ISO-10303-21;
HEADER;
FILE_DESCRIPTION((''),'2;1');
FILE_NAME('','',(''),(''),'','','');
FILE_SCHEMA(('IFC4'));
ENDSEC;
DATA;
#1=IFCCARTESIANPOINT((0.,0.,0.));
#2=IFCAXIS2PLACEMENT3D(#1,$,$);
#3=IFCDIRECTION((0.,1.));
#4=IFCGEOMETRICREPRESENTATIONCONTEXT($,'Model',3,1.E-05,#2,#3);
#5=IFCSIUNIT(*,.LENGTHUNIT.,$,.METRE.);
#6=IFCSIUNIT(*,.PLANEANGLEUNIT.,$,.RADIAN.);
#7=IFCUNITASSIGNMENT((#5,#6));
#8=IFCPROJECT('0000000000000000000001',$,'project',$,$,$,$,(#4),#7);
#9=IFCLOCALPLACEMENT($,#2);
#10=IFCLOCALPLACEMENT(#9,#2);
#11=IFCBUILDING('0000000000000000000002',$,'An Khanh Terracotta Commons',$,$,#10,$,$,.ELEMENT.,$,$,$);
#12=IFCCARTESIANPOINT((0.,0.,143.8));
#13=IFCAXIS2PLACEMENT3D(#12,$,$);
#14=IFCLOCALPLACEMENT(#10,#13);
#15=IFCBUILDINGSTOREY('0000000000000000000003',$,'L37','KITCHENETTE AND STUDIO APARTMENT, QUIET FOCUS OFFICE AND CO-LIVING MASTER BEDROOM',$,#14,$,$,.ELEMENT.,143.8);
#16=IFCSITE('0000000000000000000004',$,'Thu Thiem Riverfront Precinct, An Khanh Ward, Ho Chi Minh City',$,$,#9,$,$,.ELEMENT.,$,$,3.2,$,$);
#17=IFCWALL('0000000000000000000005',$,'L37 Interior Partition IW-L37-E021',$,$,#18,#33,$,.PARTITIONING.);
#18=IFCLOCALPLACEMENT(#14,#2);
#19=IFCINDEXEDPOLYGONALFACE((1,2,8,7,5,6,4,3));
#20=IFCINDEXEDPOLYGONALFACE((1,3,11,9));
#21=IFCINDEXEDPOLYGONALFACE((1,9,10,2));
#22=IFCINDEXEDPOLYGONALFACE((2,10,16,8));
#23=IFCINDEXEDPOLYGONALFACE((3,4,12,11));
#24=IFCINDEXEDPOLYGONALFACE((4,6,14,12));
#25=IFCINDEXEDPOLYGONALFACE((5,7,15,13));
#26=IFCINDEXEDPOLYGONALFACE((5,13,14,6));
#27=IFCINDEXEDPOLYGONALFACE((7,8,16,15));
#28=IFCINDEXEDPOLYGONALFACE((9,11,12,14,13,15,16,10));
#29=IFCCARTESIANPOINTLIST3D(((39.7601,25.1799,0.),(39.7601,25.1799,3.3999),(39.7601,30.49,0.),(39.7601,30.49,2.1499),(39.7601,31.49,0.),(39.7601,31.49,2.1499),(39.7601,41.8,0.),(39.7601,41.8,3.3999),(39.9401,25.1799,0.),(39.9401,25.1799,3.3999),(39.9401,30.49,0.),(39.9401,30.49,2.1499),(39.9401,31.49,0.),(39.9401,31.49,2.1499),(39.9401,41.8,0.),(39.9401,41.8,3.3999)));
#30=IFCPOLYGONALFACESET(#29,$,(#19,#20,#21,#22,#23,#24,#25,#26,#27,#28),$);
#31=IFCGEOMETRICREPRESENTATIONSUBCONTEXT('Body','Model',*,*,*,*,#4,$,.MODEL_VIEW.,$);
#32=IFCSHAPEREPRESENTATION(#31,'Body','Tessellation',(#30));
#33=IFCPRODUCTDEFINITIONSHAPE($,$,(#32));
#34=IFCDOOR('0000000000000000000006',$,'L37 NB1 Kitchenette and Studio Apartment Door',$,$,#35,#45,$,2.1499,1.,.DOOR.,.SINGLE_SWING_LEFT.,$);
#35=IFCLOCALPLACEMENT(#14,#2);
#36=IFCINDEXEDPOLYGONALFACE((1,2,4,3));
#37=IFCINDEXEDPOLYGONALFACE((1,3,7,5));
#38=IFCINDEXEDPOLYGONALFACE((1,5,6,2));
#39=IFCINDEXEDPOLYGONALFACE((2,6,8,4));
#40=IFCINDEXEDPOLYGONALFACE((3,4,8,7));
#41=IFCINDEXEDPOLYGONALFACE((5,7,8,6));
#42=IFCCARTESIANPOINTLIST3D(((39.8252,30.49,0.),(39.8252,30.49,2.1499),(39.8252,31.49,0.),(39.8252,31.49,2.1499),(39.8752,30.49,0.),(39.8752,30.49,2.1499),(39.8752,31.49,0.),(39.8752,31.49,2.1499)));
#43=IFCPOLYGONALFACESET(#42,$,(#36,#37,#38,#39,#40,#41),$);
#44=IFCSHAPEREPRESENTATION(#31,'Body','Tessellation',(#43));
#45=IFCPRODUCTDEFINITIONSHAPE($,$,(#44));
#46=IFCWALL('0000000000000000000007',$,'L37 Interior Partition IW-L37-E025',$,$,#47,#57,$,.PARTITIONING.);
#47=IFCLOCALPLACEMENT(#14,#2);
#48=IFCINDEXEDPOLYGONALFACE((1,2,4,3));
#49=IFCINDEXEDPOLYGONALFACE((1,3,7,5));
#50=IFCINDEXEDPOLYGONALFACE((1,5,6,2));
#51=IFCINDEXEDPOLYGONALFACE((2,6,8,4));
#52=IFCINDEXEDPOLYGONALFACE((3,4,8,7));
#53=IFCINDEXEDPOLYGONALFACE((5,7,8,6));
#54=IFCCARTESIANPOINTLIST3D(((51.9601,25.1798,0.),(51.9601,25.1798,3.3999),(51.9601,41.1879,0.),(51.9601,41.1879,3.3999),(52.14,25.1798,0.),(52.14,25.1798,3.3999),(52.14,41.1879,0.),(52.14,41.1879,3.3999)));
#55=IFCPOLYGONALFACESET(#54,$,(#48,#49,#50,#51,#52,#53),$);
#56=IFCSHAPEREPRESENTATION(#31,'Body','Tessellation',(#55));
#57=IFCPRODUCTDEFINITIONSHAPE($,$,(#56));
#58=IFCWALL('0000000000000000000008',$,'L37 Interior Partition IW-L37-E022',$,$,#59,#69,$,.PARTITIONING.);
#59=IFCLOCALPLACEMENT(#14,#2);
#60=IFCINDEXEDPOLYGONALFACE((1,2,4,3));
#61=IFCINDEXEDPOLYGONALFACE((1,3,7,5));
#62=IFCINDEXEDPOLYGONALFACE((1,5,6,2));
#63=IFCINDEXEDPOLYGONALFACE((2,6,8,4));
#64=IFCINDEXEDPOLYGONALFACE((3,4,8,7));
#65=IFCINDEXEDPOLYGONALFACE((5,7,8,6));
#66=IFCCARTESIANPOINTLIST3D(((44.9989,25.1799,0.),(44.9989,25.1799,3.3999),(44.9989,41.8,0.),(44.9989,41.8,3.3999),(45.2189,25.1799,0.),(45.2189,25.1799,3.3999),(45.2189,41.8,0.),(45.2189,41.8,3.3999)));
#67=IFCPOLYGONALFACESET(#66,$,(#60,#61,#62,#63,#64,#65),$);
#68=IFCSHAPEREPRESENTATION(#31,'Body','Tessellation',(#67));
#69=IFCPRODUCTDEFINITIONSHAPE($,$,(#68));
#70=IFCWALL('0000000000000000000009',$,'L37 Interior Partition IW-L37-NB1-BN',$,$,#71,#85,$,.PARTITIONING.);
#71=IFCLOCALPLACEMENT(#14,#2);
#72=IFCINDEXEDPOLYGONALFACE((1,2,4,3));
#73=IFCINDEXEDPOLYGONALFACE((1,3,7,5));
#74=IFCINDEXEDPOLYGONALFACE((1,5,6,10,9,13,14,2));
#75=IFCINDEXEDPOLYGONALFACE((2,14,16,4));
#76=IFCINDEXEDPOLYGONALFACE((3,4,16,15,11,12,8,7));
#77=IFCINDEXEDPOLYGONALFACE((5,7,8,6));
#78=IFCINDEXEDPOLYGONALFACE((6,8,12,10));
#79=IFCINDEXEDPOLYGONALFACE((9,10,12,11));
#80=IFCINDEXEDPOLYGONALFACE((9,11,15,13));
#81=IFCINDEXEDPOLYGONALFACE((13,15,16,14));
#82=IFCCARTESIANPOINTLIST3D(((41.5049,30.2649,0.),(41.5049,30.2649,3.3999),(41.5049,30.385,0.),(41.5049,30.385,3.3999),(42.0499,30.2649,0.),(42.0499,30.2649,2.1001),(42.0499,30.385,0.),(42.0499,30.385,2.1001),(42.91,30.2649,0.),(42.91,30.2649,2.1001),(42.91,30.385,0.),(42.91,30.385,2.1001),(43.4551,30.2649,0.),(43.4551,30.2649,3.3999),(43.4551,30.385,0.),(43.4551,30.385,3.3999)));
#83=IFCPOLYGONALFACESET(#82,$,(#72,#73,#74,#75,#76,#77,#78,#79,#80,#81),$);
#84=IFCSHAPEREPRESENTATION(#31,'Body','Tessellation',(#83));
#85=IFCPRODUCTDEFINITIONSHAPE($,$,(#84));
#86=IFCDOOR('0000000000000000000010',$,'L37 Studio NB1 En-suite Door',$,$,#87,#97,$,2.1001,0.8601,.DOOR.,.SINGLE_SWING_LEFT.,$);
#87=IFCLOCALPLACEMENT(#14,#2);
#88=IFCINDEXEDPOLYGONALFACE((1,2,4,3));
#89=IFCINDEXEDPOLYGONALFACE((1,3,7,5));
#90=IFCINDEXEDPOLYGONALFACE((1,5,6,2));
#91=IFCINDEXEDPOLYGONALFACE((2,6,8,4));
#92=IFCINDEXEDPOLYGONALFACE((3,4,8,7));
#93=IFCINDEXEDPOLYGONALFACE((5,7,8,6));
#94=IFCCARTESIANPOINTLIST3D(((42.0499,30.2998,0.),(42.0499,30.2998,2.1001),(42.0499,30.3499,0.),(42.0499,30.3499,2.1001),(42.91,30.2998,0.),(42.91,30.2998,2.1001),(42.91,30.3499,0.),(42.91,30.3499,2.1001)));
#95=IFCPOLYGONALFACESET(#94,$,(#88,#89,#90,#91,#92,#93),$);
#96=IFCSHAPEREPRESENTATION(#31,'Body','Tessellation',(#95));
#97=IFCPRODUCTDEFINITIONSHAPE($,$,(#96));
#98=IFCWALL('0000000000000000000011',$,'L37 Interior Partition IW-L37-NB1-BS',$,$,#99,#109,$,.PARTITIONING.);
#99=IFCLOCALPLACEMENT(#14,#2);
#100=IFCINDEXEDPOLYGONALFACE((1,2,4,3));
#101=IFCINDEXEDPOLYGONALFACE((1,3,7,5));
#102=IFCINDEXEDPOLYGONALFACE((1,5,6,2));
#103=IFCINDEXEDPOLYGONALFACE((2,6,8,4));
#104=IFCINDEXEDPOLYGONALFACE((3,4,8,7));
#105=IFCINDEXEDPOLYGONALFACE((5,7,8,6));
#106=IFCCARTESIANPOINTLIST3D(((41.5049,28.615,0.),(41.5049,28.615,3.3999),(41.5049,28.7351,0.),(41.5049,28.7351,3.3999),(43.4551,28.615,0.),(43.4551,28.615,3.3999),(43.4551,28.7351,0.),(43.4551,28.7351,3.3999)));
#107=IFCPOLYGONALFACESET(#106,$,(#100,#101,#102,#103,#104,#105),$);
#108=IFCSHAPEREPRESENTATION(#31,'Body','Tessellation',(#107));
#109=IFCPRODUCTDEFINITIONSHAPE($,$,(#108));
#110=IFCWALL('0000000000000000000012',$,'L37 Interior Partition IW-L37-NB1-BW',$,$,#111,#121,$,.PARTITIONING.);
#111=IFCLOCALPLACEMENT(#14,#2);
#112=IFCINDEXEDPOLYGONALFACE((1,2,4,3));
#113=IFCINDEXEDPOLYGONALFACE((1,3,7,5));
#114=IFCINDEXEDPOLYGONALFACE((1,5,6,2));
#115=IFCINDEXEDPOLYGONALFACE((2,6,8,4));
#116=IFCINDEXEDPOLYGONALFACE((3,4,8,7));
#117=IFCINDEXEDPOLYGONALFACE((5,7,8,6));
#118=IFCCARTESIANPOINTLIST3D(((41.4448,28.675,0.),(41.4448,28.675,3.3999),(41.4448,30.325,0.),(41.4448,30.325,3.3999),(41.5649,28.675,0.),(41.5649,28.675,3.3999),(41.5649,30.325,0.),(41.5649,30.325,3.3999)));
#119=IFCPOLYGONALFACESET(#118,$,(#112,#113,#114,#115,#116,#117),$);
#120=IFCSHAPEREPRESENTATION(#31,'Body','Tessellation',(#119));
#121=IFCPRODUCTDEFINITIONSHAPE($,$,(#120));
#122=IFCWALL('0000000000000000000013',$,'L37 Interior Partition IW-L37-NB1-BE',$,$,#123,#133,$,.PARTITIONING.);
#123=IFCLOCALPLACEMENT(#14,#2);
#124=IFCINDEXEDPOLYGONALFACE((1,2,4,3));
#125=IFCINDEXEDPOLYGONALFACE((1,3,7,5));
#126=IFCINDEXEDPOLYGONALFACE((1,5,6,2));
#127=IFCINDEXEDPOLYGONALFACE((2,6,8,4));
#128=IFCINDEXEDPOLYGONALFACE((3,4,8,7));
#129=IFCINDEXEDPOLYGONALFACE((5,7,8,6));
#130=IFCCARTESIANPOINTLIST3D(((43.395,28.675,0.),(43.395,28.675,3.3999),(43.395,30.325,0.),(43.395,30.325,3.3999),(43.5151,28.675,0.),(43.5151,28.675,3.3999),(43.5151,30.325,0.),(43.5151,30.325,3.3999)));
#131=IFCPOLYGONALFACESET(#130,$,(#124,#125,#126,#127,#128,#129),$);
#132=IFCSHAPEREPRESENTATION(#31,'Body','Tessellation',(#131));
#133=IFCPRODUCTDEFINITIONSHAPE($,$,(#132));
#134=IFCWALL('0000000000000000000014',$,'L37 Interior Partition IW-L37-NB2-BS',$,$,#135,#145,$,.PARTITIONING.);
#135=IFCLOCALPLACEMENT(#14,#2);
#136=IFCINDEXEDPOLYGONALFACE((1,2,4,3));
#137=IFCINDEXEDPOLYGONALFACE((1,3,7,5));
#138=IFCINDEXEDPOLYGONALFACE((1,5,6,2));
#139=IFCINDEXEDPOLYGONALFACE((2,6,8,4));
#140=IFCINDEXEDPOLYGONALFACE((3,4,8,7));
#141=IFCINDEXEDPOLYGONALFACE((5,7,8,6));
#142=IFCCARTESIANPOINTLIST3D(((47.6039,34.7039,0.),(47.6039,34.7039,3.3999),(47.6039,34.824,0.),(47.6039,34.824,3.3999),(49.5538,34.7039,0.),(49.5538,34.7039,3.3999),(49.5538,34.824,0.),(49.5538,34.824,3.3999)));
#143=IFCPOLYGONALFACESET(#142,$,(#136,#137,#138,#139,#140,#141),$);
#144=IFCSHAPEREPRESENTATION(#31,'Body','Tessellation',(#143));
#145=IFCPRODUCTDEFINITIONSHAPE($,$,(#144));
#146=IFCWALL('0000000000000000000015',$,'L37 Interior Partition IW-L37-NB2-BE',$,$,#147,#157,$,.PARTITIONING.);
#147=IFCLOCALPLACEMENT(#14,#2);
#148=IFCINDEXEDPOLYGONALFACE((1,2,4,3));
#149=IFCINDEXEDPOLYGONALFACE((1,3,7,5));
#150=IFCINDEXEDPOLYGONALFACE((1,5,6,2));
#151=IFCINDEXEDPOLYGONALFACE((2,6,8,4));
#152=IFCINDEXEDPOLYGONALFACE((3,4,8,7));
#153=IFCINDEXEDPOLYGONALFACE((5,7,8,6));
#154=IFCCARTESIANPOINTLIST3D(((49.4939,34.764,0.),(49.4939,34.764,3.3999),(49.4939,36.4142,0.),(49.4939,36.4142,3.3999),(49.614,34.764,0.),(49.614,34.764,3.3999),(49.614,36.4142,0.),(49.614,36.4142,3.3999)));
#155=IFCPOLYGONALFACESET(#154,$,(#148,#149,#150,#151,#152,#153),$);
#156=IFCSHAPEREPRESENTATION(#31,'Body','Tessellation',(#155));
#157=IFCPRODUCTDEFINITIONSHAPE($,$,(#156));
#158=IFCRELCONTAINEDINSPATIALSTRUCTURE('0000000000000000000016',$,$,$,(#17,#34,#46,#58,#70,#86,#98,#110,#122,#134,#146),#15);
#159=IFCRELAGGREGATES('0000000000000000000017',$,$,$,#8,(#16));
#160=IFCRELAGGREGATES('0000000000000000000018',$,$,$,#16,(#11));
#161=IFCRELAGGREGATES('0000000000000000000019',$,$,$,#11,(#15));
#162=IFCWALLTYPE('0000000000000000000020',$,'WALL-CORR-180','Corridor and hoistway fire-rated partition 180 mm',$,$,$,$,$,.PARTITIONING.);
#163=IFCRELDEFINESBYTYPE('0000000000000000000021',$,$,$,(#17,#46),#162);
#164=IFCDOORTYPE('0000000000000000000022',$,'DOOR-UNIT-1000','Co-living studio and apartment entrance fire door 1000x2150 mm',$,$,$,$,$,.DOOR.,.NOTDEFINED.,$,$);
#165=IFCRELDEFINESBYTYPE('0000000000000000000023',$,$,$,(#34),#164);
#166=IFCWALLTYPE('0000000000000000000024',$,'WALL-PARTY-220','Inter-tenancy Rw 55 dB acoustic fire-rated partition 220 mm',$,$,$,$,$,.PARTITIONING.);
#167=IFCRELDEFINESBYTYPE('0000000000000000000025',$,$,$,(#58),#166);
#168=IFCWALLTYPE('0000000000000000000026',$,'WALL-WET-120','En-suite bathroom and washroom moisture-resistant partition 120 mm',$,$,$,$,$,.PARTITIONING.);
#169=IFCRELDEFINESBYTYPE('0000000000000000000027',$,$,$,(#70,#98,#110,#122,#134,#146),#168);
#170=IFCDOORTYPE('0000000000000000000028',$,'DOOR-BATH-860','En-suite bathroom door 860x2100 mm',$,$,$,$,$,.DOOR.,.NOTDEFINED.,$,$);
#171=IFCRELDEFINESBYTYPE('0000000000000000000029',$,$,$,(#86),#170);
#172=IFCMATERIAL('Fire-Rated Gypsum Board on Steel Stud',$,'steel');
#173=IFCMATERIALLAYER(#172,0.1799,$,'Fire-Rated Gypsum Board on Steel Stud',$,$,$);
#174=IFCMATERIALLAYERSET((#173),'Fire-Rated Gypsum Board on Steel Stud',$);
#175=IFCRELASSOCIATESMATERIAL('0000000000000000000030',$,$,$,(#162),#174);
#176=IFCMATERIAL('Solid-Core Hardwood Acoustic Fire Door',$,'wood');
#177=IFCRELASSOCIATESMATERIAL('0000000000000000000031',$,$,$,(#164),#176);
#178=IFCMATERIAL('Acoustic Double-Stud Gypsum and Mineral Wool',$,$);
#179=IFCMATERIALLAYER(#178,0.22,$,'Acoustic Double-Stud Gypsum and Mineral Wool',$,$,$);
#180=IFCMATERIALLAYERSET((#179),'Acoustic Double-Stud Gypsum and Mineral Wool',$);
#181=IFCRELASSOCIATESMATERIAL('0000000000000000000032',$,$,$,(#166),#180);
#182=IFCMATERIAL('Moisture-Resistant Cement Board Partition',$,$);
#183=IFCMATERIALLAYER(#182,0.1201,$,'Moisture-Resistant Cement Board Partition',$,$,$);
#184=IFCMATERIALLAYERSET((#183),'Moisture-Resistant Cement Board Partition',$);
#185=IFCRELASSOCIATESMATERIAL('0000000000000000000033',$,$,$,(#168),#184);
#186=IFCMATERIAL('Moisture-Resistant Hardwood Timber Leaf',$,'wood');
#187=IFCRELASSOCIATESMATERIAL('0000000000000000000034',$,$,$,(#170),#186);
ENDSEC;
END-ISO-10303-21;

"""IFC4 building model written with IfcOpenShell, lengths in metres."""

from ifc_helpers import new_model, si_unit, direction, frame, frame_2d, origin, place, context, subcontext, project, spatial, rectangle, extrude, material, layer, layer_set, type_object, element, fill, save


model = new_model("IFC4")

# Units and contexts
model_context = context("Model", 3, precision=1e-05, world=origin(), true_north=direction((0.0, 1.0)))
body_context = subcontext(model_context, "Body", "Model", "MODEL_VIEW")
ifc_project = project(units=[si_unit("LENGTHUNIT", "METRE"), si_unit("PLANEANGLEUNIT", "RADIAN")], contexts=[model_context])

# Site, building, storey
site_placement = place(None, origin())
site = spatial("IfcSite", under=ifc_project, at=site_placement, Name="Thu Thiem Riverfront Precinct, An Khanh Ward, Ho Chi Minh City", CompositionType="ELEMENT", RefElevation=3.2)
building_placement = place(site_placement, origin())
building = spatial("IfcBuilding", under=site, at=building_placement, Name="An Khanh Terracotta Commons", CompositionType="ELEMENT")
storey_placement = place(building_placement, frame((0.0, 0.0, 143.8)))
storey = spatial("IfcBuildingStorey", under=building, at=storey_placement, Name="L37", Description="KITCHENETTE AND STUDIO APARTMENT, QUIET FOCUS OFFICE AND CO-LIVING MASTER BEDROOM", CompositionType="ELEMENT", Elevation=143.8)

# Wall, opening, door
ifc_material_1 = material(Name="Fire-Rated Gypsum Board on Steel Stud", Category="steel")
ifc_layer_1 = layer(ifc_material_1, 0.1799, Name="Fire-Rated Gypsum Board on Steel Stud")
ifc_layer_set_1 = layer_set([ifc_layer_1], Name="Fire-Rated Gypsum Board on Steel Stud")
wall_type_1 = type_object("IfcWallType", Name="WALL-CORR-180", Description="Corridor and hoistway fire-rated partition 180 mm", PredefinedType="PARTITIONING", material=ifc_layer_set_1)
ifc_material_2 = material(Name="Solid-Core Hardwood Acoustic Fire Door", Category="wood")
door_type_1 = type_object("IfcDoorType", Name="DOOR-UNIT-1000", Description="Co-living studio and apartment entrance fire door 1000x2150 mm", OperationType="NOTDEFINED", PredefinedType="DOOR", material=ifc_material_2)
wall_1_placement = place(storey_placement, frame((39.8501, 25.1799, 0.0), z_axis=(0.0, 0.0, 1.0), x_axis=(0.0, 1.0, 0.0)))
wall_1 = element("IfcWall", 1, at=wall_1_placement, inside=storey, type_object=wall_type_1, Name="L37 Interior Partition IW-L37-E021", PredefinedType="PARTITIONING", context=body_context, shape_type="SweptSolid", body=[
    extrude(rectangle(XDim=16.6201, YDim=0.1799, at=frame_2d((8.3101, 0.0))), origin(), (0.0, 0.0, 1.0), 3.3999),
])
opening_1_placement = place(wall_1_placement, frame((5.3101, 0.0, 0.0)))
opening_1 = element("IfcOpeningElement", 2, at=opening_1_placement, cuts=wall_1, PredefinedType="OPENING", context=body_context, shape_type="SweptSolid", body=[
    extrude(rectangle(XDim=1.0, YDim=2.1499, at=frame_2d((0.5, 1.075))), frame((0.0, 0.0999, 0.0), z_axis=(0.0, -1.0, 0.0), x_axis=(1.0, 0.0, 0.0)), (0.0, 0.0, 1.0), 0.2),
])
door_1_placement = place(opening_1_placement, origin())
door_1 = element("IfcDoor", 3, at=door_1_placement, inside=storey, type_object=door_type_1, Name="L37 NB1 Kitchenette and Studio Apartment Door", OperationType="SINGLE_SWING_LEFT", OverallHeight=2.1499, OverallWidth=1.0, PredefinedType="DOOR", context=body_context, shape_type="SweptSolid", body=[
    extrude(rectangle(XDim=1.0, YDim=2.1499, at=frame_2d((0.5, 1.075))), frame((0.0, 0.0249, 0.0), z_axis=(0.0, -1.0, 0.0), x_axis=(1.0, 0.0, 0.0)), (0.0, 0.0, 1.0), 0.05),
])
fill(opening_1, door_1)

# Walls
wall_2_placement = place(storey_placement, frame((52.05, 25.1799, 0.0), z_axis=(0.0, 0.0, 1.0), x_axis=(0.0, 1.0, 0.0)))
element("IfcWall", 4, at=wall_2_placement, inside=storey, type_object=wall_type_1, Name="L37 Interior Partition IW-L37-E025", PredefinedType="PARTITIONING", context=body_context, shape_type="SweptSolid", body=[
    extrude(rectangle(XDim=16.0081, YDim=0.1799, at=frame_2d((8.0039, 0.0))), origin(), (0.0, 0.0, 1.0), 3.3999),
])
ifc_material_3 = material(Name="Acoustic Double-Stud Gypsum and Mineral Wool")
ifc_layer_2 = layer(ifc_material_3, 0.22, Name="Acoustic Double-Stud Gypsum and Mineral Wool")
ifc_layer_set_2 = layer_set([ifc_layer_2], Name="Acoustic Double-Stud Gypsum and Mineral Wool")
wall_type_2 = type_object("IfcWallType", Name="WALL-PARTY-220", Description="Inter-tenancy Rw 55 dB acoustic fire-rated partition 220 mm", PredefinedType="PARTITIONING", material=ifc_layer_set_2)
wall_3_placement = place(storey_placement, frame((45.1089, 25.1799, 0.0), z_axis=(0.0, 0.0, 1.0), x_axis=(0.0, 1.0, 0.0)))
element("IfcWall", 5, at=wall_3_placement, inside=storey, type_object=wall_type_2, Name="L37 Interior Partition IW-L37-E022", PredefinedType="PARTITIONING", context=body_context, shape_type="SweptSolid", body=[
    extrude(rectangle(XDim=16.6201, YDim=0.22, at=frame_2d((8.3101, 0.0))), origin(), (0.0, 0.0, 1.0), 3.3999),
])

# Wall, opening, door
ifc_material_4 = material(Name="Moisture-Resistant Cement Board Partition")
ifc_layer_3 = layer(ifc_material_4, 0.1201, Name="Moisture-Resistant Cement Board Partition")
ifc_layer_set_3 = layer_set([ifc_layer_3], Name="Moisture-Resistant Cement Board Partition")
wall_type_3 = type_object("IfcWallType", Name="WALL-WET-120", Description="En-suite bathroom and washroom moisture-resistant partition 120 mm", PredefinedType="PARTITIONING", material=ifc_layer_set_3)
wall_4_placement = place(storey_placement, frame((41.5049, 30.325, 0.0), z_axis=(0.0, 0.0, 1.0), x_axis=(1.0, 0.0, 0.0)))
wall_4 = element("IfcWall", 6, at=wall_4_placement, inside=storey, type_object=wall_type_3, Name="L37 Interior Partition IW-L37-NB1-BN", PredefinedType="PARTITIONING", context=body_context, shape_type="SweptSolid", body=[
    extrude(rectangle(XDim=1.9502, YDim=0.1201, at=frame_2d((0.9751, 0.0))), origin(), (0.0, 0.0, 1.0), 3.3999),
])
opening_2_placement = place(wall_4_placement, frame((0.5449, 0.0, 0.0)))
opening_2 = element("IfcOpeningElement", 7, at=opening_2_placement, cuts=wall_4, PredefinedType="OPENING", context=body_context, shape_type="SweptSolid", body=[
    extrude(rectangle(XDim=0.8601, YDim=2.1001, at=frame_2d((0.4302, 1.05))), frame((0.0, 0.0701, 0.0), z_axis=(0.0, -1.0, 0.0), x_axis=(1.0, 0.0, 0.0)), (0.0, 0.0, 1.0), 0.1401),
])
ifc_material_5 = material(Name="Moisture-Resistant Hardwood Timber Leaf", Category="wood")
door_type_2 = type_object("IfcDoorType", Name="DOOR-BATH-860", Description="En-suite bathroom door 860x2100 mm", OperationType="NOTDEFINED", PredefinedType="DOOR", material=ifc_material_5)
door_2_placement = place(opening_2_placement, origin())
door_2 = element("IfcDoor", 8, at=door_2_placement, inside=storey, type_object=door_type_2, Name="L37 Studio NB1 En-suite Door", OperationType="SINGLE_SWING_LEFT", OverallHeight=2.1001, OverallWidth=0.8601, PredefinedType="DOOR", context=body_context, shape_type="SweptSolid", body=[
    extrude(rectangle(XDim=0.8601, YDim=2.1001, at=frame_2d((0.4302, 1.05))), frame((0.0, 0.0249, 0.0), z_axis=(0.0, -1.0, 0.0), x_axis=(1.0, 0.0, 0.0)), (0.0, 0.0, 1.0), 0.05),
])
fill(opening_2, door_2)

# Walls
wall_5_placement = place(storey_placement, frame((43.4551, 28.675, 0.0), z_axis=(0.0, 0.0, 1.0), x_axis=(-1.0, 0.0, 0.0)))
element("IfcWall", 9, at=wall_5_placement, inside=storey, type_object=wall_type_3, Name="L37 Interior Partition IW-L37-NB1-BS", PredefinedType="PARTITIONING", context=body_context, shape_type="SweptSolid", body=[
    extrude(rectangle(XDim=1.9502, YDim=0.1201, at=frame_2d((0.9751, 0.0))), origin(), (0.0, 0.0, 1.0), 3.3999),
])
for number, where, z_axis, x_axis, name in (
    (10, (41.5049, 30.325, 0.0), (0.0, 0.0, 1.0), (0.0, -1.0, 0.0), "L37 Interior Partition IW-L37-NB1-BW"),
    (11, (43.4551, 28.675, 0.0), (0.0, 0.0, 1.0), (0.0, 1.0, 0.0), "L37 Interior Partition IW-L37-NB1-BE"),
):
    element("IfcWall", number, at=place(storey_placement, frame(where, z_axis=z_axis, x_axis=x_axis)), inside=storey, type_object=wall_type_3, Name=name, PredefinedType="PARTITIONING", context=body_context, shape_type="SweptSolid", body=[
        extrude(rectangle(XDim=1.6499, YDim=0.1201, at=frame_2d((0.825, 0.0))), origin(), (0.0, 0.0, 1.0), 3.3999),
    ])
wall_6_placement = place(storey_placement, frame((49.554, 34.7639, 0.0), z_axis=(0.0, 0.0, 1.0), x_axis=(-1.0, 0.0, 0.0)))
element("IfcWall", 12, at=wall_6_placement, inside=storey, type_object=wall_type_3, Name="L37 Interior Partition IW-L37-NB2-BS", PredefinedType="PARTITIONING", context=body_context, shape_type="SweptSolid", body=[
    extrude(rectangle(XDim=1.95, YDim=0.1201, at=frame_2d((0.9751, 0.0))), origin(), (0.0, 0.0, 1.0), 3.3999),
])
wall_7_placement = place(storey_placement, frame((49.554, 34.7639, 0.0), z_axis=(0.0, 0.0, 1.0), x_axis=(0.0, 1.0, 0.0)))
element("IfcWall", 13, at=wall_7_placement, inside=storey, type_object=wall_type_3, Name="L37 Interior Partition IW-L37-NB2-BE", PredefinedType="PARTITIONING", context=body_context, shape_type="SweptSolid", body=[
    extrude(rectangle(XDim=1.6501, YDim=0.1201, at=frame_2d((0.8252, 0.0))), origin(), (0.0, 0.0, 1.0), 3.3999),
])

save(model, "model.ifc")
